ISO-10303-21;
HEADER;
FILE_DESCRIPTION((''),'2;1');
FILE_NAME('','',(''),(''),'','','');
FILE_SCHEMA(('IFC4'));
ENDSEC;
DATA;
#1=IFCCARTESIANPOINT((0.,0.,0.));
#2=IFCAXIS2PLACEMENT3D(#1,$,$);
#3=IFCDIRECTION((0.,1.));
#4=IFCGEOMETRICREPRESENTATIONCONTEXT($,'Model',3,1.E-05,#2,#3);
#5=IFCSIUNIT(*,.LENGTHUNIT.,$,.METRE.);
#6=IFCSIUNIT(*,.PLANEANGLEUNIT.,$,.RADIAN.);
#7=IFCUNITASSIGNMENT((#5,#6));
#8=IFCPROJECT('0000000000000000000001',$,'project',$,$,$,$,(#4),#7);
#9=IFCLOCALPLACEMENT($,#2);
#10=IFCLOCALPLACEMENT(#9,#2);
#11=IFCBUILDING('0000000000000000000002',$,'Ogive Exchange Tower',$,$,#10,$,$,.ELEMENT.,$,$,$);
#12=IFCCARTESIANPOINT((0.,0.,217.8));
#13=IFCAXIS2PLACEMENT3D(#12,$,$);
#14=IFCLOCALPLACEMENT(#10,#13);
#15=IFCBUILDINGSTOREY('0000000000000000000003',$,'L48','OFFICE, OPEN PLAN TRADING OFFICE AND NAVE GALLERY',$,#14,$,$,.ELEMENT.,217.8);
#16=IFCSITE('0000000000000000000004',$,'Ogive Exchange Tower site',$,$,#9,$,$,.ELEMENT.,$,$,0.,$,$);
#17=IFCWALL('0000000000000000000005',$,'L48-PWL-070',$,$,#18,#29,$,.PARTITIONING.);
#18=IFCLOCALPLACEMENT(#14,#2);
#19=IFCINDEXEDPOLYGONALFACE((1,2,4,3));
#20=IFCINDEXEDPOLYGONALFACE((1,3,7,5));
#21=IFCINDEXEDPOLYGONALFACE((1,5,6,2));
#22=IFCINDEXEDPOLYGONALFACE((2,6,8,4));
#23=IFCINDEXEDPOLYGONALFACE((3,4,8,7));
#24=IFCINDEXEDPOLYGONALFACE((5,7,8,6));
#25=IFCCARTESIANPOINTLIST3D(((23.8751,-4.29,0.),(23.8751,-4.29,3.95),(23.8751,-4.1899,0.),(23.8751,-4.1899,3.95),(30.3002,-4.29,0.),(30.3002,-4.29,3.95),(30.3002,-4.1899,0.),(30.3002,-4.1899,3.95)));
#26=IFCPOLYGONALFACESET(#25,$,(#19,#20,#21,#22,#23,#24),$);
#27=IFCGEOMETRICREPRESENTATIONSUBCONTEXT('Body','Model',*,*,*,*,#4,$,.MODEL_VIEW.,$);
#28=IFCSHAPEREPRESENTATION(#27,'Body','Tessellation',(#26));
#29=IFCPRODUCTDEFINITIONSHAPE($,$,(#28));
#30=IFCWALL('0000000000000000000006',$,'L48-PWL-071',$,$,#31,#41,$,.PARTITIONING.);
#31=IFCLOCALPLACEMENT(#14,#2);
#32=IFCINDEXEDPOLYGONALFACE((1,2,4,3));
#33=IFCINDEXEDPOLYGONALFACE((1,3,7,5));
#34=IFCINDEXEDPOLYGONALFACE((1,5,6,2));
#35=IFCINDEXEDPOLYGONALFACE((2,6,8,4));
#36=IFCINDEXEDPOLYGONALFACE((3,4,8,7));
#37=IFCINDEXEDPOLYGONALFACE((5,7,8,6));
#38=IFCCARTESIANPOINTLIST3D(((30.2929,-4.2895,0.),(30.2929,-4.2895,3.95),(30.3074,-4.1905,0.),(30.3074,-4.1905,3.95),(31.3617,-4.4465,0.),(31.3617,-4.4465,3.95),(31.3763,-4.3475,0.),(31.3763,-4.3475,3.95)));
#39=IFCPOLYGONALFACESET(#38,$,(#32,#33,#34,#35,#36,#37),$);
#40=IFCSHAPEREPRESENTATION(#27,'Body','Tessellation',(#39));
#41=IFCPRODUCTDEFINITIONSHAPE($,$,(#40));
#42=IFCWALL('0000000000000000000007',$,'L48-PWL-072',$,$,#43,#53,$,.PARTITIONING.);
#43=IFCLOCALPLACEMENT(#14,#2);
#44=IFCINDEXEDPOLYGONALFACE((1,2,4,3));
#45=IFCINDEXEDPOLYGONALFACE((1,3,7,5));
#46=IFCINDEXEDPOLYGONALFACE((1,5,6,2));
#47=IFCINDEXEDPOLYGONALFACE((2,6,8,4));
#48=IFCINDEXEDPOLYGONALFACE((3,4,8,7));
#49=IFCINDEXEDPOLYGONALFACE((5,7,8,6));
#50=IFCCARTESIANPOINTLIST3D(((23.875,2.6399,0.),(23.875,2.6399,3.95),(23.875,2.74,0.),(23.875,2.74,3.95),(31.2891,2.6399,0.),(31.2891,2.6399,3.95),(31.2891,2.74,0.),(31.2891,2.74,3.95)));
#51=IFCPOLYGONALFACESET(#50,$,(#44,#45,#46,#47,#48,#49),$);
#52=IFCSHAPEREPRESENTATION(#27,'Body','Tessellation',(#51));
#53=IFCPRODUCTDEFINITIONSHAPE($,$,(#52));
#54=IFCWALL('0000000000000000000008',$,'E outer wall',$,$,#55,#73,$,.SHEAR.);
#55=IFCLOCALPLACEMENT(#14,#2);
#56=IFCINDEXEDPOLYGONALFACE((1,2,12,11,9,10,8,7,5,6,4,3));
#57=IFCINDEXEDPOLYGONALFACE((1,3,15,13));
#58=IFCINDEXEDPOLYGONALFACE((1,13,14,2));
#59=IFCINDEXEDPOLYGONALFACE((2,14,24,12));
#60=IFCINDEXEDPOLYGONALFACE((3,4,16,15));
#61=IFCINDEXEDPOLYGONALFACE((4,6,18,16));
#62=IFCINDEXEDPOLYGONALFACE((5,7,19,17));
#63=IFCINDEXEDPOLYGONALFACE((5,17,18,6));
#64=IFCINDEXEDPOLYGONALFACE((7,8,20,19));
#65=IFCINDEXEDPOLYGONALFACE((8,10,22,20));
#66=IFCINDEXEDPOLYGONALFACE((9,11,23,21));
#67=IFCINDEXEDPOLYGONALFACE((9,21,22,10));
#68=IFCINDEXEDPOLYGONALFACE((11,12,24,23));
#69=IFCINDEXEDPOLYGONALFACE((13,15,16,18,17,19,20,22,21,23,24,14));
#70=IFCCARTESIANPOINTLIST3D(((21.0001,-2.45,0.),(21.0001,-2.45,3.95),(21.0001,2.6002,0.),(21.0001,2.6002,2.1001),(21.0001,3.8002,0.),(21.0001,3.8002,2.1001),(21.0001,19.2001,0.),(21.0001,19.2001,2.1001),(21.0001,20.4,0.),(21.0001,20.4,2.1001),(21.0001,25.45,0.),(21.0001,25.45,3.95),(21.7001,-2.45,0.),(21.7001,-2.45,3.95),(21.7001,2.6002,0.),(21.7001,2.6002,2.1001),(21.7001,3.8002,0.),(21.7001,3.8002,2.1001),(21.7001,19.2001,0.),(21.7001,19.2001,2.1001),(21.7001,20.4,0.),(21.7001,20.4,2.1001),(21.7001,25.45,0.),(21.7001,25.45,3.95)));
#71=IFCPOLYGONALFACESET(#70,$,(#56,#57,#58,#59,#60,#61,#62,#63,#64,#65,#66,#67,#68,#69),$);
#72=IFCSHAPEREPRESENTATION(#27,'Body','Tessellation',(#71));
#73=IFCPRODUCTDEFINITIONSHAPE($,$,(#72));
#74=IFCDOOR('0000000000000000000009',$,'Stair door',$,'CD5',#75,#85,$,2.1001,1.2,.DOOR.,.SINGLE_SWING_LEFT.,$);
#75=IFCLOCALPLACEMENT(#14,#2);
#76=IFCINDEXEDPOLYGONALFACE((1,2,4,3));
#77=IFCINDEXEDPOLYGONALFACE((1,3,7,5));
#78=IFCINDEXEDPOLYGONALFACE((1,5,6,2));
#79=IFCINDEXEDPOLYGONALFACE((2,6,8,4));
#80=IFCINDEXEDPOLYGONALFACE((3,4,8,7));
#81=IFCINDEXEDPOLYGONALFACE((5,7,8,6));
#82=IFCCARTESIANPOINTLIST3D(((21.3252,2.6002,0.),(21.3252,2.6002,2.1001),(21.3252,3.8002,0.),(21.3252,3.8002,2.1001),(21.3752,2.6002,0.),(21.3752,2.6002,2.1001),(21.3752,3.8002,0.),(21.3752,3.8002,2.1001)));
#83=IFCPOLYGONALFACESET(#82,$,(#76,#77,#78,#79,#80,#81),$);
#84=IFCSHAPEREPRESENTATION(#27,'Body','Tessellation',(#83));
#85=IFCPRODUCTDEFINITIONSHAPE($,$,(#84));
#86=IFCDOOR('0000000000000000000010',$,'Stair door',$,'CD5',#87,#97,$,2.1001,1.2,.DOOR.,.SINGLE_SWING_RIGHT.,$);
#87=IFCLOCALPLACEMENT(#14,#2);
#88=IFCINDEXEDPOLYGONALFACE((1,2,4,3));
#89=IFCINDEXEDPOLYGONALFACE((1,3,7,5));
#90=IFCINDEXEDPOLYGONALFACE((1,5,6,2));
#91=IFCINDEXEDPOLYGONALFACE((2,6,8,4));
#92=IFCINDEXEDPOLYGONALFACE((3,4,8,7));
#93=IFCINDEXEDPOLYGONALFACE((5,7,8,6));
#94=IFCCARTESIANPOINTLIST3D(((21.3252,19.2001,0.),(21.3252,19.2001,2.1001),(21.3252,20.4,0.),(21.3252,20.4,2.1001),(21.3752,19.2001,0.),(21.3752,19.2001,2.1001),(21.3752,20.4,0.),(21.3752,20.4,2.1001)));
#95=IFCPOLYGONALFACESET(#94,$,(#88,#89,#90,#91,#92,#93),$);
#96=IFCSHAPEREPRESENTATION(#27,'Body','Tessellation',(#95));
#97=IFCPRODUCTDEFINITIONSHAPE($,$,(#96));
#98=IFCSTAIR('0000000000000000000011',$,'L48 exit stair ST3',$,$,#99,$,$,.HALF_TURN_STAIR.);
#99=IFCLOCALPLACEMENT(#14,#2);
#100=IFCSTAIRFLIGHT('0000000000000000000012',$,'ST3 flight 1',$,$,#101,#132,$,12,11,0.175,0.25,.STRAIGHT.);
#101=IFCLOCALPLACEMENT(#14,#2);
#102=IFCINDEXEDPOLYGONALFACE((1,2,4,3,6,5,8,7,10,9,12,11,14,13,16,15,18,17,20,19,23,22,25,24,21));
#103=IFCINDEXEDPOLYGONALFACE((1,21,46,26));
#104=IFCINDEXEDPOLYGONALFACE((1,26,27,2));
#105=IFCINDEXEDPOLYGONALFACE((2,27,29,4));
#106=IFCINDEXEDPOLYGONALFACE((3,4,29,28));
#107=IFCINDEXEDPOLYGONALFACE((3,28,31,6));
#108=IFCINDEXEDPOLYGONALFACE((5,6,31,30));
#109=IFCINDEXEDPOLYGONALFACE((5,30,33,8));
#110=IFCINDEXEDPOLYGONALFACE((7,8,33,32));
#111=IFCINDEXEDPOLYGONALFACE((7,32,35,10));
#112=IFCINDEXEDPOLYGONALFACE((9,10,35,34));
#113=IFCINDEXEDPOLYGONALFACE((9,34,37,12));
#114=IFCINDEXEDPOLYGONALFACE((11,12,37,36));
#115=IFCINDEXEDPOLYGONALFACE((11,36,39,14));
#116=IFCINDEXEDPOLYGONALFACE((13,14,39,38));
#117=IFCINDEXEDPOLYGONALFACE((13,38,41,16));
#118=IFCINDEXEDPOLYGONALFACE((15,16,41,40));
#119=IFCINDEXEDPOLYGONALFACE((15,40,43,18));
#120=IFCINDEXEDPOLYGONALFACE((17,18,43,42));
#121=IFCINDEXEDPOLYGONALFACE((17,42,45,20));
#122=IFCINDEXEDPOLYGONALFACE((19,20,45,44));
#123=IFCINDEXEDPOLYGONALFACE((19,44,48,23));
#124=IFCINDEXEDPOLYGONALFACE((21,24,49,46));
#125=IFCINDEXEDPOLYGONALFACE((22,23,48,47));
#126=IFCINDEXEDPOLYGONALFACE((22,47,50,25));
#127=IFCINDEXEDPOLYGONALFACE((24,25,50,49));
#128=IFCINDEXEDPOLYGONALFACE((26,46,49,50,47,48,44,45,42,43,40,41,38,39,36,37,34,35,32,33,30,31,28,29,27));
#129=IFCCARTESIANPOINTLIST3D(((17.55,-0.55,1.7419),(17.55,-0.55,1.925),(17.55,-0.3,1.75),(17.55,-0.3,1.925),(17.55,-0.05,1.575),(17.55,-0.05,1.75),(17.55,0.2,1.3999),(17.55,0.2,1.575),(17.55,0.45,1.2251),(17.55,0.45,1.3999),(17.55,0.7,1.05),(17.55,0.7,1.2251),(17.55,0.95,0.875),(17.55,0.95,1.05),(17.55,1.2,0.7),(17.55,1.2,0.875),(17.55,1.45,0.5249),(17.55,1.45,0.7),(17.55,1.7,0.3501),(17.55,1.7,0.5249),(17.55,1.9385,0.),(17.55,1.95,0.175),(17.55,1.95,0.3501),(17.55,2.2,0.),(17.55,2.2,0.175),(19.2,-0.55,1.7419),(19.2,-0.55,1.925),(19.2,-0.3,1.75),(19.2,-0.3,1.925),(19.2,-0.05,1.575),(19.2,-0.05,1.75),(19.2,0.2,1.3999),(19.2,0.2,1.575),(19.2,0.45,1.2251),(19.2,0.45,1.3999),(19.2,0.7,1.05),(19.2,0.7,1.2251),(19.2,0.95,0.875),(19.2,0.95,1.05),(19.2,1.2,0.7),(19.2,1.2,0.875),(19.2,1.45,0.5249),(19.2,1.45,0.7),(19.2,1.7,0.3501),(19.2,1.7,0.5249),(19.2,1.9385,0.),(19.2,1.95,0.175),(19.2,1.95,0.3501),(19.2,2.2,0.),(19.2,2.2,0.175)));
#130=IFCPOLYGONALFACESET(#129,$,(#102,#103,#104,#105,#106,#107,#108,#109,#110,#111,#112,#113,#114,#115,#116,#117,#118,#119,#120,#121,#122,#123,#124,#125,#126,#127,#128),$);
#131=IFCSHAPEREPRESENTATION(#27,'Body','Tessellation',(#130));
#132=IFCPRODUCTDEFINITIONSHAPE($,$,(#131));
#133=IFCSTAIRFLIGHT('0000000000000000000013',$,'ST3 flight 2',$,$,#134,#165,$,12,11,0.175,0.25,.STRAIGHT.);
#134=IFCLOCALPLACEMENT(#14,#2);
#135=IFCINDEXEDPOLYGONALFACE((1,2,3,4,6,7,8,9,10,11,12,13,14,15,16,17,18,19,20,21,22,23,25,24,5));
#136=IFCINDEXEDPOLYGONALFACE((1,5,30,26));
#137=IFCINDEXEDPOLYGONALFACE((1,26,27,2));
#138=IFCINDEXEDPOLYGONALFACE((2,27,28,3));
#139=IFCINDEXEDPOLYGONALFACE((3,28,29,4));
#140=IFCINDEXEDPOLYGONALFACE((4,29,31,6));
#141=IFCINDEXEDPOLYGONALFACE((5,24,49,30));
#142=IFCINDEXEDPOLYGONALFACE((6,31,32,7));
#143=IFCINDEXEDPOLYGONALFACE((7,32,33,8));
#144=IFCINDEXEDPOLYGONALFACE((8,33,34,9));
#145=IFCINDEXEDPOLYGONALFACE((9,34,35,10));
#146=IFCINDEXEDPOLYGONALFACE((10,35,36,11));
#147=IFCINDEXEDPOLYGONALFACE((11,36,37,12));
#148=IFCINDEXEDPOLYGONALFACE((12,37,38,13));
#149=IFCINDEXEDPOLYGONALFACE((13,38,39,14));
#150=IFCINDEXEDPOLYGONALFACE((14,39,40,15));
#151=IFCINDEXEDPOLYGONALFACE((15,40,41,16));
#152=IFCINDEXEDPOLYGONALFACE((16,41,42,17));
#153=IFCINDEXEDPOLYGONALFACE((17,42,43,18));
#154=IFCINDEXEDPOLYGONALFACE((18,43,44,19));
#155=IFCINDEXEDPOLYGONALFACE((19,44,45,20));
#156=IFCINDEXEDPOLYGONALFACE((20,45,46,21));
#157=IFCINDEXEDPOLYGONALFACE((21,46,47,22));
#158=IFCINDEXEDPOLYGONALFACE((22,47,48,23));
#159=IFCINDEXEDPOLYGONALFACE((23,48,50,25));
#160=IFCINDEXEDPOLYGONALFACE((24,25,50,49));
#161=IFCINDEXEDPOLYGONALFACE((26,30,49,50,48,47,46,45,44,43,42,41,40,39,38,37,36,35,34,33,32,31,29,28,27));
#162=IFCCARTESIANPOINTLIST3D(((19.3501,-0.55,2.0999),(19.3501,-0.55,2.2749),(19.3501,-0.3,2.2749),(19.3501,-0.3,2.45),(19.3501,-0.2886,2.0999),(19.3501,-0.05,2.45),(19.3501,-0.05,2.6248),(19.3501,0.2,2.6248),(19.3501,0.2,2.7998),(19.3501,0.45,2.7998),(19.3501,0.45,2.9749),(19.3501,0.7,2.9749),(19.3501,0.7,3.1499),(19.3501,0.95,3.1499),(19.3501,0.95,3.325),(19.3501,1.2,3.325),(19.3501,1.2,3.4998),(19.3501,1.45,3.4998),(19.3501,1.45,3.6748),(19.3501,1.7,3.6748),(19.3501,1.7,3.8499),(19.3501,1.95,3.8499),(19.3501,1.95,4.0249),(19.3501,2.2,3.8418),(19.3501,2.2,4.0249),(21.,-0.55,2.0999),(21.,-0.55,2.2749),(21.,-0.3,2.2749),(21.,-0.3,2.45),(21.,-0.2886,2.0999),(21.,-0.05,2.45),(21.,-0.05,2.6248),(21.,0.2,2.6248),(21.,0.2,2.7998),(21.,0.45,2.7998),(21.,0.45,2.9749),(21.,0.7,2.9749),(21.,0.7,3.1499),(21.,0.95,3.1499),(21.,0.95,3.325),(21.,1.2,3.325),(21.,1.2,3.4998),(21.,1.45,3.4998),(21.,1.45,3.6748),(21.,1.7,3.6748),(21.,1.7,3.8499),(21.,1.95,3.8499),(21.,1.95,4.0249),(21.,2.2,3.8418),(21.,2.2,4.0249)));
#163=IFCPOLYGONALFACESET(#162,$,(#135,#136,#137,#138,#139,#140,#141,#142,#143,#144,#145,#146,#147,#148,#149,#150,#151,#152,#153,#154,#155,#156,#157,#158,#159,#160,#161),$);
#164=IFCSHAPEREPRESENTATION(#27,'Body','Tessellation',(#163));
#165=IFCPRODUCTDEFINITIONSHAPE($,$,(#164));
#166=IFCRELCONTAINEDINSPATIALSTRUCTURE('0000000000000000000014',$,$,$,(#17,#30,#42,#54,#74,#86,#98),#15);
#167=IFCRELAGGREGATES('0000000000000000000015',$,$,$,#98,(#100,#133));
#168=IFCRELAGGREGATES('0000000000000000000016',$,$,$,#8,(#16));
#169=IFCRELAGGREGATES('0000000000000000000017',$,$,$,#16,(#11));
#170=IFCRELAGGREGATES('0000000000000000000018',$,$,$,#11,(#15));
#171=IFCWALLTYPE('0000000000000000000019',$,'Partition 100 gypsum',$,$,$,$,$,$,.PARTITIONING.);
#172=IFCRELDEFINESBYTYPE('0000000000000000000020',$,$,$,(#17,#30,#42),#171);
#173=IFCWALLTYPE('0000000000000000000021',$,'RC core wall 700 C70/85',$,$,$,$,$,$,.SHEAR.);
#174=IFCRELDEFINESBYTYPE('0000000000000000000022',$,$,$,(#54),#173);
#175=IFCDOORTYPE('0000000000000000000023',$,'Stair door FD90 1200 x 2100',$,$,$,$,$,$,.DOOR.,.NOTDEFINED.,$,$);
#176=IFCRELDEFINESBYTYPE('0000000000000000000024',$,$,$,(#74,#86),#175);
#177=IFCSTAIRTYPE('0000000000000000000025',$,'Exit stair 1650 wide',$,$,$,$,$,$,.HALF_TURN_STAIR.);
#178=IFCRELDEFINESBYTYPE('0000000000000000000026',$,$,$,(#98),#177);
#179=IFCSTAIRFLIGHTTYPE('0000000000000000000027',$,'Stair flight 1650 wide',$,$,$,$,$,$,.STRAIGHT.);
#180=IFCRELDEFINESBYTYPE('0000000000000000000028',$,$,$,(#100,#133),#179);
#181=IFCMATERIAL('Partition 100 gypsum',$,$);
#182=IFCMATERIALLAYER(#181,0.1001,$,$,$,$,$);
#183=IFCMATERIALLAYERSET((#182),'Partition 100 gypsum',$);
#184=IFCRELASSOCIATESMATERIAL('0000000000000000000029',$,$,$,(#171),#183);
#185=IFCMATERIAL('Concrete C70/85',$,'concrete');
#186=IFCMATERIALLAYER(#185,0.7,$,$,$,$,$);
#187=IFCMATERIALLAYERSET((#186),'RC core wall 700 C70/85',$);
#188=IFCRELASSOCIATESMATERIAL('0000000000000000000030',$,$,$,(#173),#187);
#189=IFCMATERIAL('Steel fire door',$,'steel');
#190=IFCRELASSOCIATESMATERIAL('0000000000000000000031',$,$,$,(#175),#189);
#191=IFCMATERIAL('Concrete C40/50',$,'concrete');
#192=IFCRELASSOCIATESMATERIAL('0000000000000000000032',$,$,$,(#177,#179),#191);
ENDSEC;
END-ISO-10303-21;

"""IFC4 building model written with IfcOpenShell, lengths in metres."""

from ifc_helpers import new_model, si_unit, direction, frame, frame_2d, origin, place, context, subcontext, project, spatial, polyline, rectangle, outline, extrude, material, layer, layer_set, type_object, element, fill, aggregate, save


model = new_model("IFC4")

# Units and contexts
model_context = context("Model", 3, precision=1e-05, world=origin(), true_north=direction((0.0, 1.0)))
body_context = subcontext(model_context, "Body", "Model", "MODEL_VIEW")
ifc_project = project(units=[si_unit("LENGTHUNIT", "METRE"), si_unit("PLANEANGLEUNIT", "RADIAN")], contexts=[model_context])

# Site, building, storey
site_placement = place(None, origin())
site = spatial("IfcSite", under=ifc_project, at=site_placement, Name="Ogive Exchange Tower site", CompositionType="ELEMENT", RefElevation=0.0)
building_placement = place(site_placement, origin())
building = spatial("IfcBuilding", under=site, at=building_placement, Name="Ogive Exchange Tower", CompositionType="ELEMENT")
storey_placement = place(building_placement, frame((0.0, 0.0, 217.8)))
storey = spatial("IfcBuildingStorey", under=building, at=storey_placement, Name="L48", Description="OFFICE, OPEN PLAN TRADING OFFICE AND NAVE GALLERY", CompositionType="ELEMENT", Elevation=217.8)

# Walls
ifc_material_1 = material(Name="Partition 100 gypsum")
ifc_layer_1 = layer(ifc_material_1, 0.1001)
ifc_layer_set_1 = layer_set([ifc_layer_1], Name="Partition 100 gypsum")
wall_type_1 = type_object("IfcWallType", Name="Partition 100 gypsum", PredefinedType="PARTITIONING", material=ifc_layer_set_1)
wall_1_placement = place(storey_placement, frame((30.3, -4.24, 0.0), z_axis=(0.0, 0.0, 1.0), x_axis=(-1.0, 0.0, 0.0)))
element("IfcWall", 1, at=wall_1_placement, inside=storey, type_object=wall_type_1, Name="L48-PWL-070", PredefinedType="PARTITIONING", context=body_context, shape_type="SweptSolid", body=[
    extrude(rectangle(XDim=6.425, YDim=0.1001, at=frame_2d((3.2124, 0.0))), origin(), (0.0, 0.0, 1.0), 3.95),
])
wall_2_placement = place(storey_placement, frame((31.3689, -4.397, 0.0), z_axis=(0.0, 0.0, 1.0), x_axis=(-0.989386, 0.145312, 0.0)))
element("IfcWall", 2, at=wall_2_placement, inside=storey, type_object=wall_type_1, Name="L48-PWL-071", PredefinedType="PARTITIONING", context=body_context, shape_type="SweptSolid", body=[
    extrude(rectangle(XDim=1.0803, YDim=0.1001, at=frame_2d((0.54, 0.0))), origin(), (0.0, 0.0, 1.0), 3.95),
])
wall_3_placement = place(storey_placement, frame((31.2891, 2.6899, 0.0), z_axis=(0.0, 0.0, 1.0), x_axis=(-1.0, 0.0, 0.0)))
element("IfcWall", 3, at=wall_3_placement, inside=storey, type_object=wall_type_1, Name="L48-PWL-072", PredefinedType="PARTITIONING", context=body_context, shape_type="SweptSolid", body=[
    extrude(rectangle(XDim=7.4141, YDim=0.1001, at=frame_2d((3.707, 0.0))), origin(), (0.0, 0.0, 1.0), 3.95),
])

# Wall, openings, doors
ifc_material_2 = material(Name="Concrete C70/85", Category="concrete")
ifc_layer_2 = layer(ifc_material_2, 0.7)
ifc_layer_set_2 = layer_set([ifc_layer_2], Name="RC core wall 700 C70/85")
wall_type_2 = type_object("IfcWallType", Name="RC core wall 700 C70/85", PredefinedType="SHEAR", material=ifc_layer_set_2)
wall_4_placement = place(storey_placement, frame((21.3501, -2.45, 0.0), z_axis=(0.0, 0.0, 1.0), x_axis=(0.0, 1.0, 0.0)))
wall_4 = element("IfcWall", 4, at=wall_4_placement, inside=storey, type_object=wall_type_2, Name="E outer wall", PredefinedType="SHEAR", context=body_context, shape_type="SweptSolid", body=[
    extrude(rectangle(XDim=27.8999, YDim=0.7, at=frame_2d((13.95, 0.0))), origin(), (0.0, 0.0, 1.0), 3.95),
])
opening_1_placement = place(wall_4_placement, frame((5.05, 0.0, 0.0)))
opening_1 = element("IfcOpeningElement", 5, at=opening_1_placement, cuts=wall_4, PredefinedType="OPENING", context=body_context, shape_type="SweptSolid", body=[
    extrude(rectangle(XDim=1.2, YDim=2.1001, at=frame_2d((0.6001, 1.05))), frame((0.0, 0.3599, 0.0), z_axis=(0.0, -1.0, 0.0), x_axis=(1.0, 0.0, 0.0)), (0.0, 0.0, 1.0), 0.72),
])
opening_2_placement = place(wall_4_placement, frame((21.6499, 0.0, 0.0)))
opening_2 = element("IfcOpeningElement", 6, at=opening_2_placement, cuts=wall_4, PredefinedType="OPENING", context=body_context, shape_type="SweptSolid", body=[
    extrude(rectangle(XDim=1.2, YDim=2.1001, at=frame_2d((0.6001, 1.05))), frame((0.0, 0.3599, 0.0), z_axis=(0.0, -1.0, 0.0), x_axis=(1.0, 0.0, 0.0)), (0.0, 0.0, 1.0), 0.72),
])
ifc_material_3 = material(Name="Steel fire door", Category="steel")
door_type_1 = type_object("IfcDoorType", Name="Stair door FD90 1200 x 2100", OperationType="NOTDEFINED", PredefinedType="DOOR", material=ifc_material_3)
door_1_placement = place(opening_1_placement, origin())
door_1 = element("IfcDoor", 7, at=door_1_placement, inside=storey, type_object=door_type_1, Name="Stair door", ObjectType="CD5", OperationType="SINGLE_SWING_LEFT", OverallHeight=2.1001, OverallWidth=1.2, PredefinedType="DOOR", context=body_context, shape_type="SweptSolid", body=[
    extrude(rectangle(XDim=1.2, YDim=2.1001, at=frame_2d((0.6001, 1.05))), frame((0.0, 0.0249, 0.0), z_axis=(0.0, -1.0, 0.0), x_axis=(1.0, 0.0, 0.0)), (0.0, 0.0, 1.0), 0.05),
])
fill(opening_1, door_1)
door_2_placement = place(opening_2_placement, origin())
door_2 = element("IfcDoor", 8, at=door_2_placement, inside=storey, type_object=door_type_1, Name="Stair door", ObjectType="CD5", OperationType="SINGLE_SWING_RIGHT", OverallHeight=2.1001, OverallWidth=1.2, PredefinedType="DOOR", context=body_context, shape_type="SweptSolid", body=[
    extrude(rectangle(XDim=1.2, YDim=2.1001, at=frame_2d((0.6001, 1.05))), frame((0.0, 0.0249, 0.0), z_axis=(0.0, -1.0, 0.0), x_axis=(1.0, 0.0, 0.0)), (0.0, 0.0, 1.0), 0.05),
])
fill(opening_2, door_2)

# Stair, stair flights
ifc_material_4 = material(Name="Concrete C40/50", Category="concrete")
stair_type = type_object("IfcStairType", Name="Exit stair 1650 wide", PredefinedType="HALF_TURN_STAIR", material=ifc_material_4)
stair_placement = place(storey_placement, origin())
stair = element("IfcStair", 9, at=stair_placement, inside=storey, type_object=stair_type, Name="L48 exit stair ST3", PredefinedType="HALF_TURN_STAIR")
stair_flight_type = type_object("IfcStairFlightType", Name="Stair flight 1650 wide", PredefinedType="STRAIGHT", material=ifc_material_4)
stair_flight_1_placement = place(storey_placement, frame((18.375, 2.2, 0.0), z_axis=(0.0, 0.0, 1.0), x_axis=(0.0, -1.0, 0.0)))
stair_flight_1 = element("IfcStairFlight", 10, at=stair_flight_1_placement, type_object=stair_flight_type, Name="ST3 flight 1", NumberOfRisers=12, NumberOfTreads=11, PredefinedType="STRAIGHT", RiserHeight=0.175, TreadLength=0.25, context=body_context, shape_type="SweptSolid", body=[
    extrude(outline(polyline([(0.0, 0.0), (0.0, 0.175), (0.25, 0.175), (0.25, 0.3501), (0.5, 0.3501), (0.5, 0.5249), (0.75, 0.5249), (0.75, 0.7), (1.0, 0.7), (1.0, 0.875), (1.25, 0.875), (1.25, 1.05), (1.5, 1.05), (1.5, 1.2251), (1.75, 1.2251), (1.75, 1.3999), (2.0, 1.3999), (2.0, 1.575), (2.25, 1.575), (2.25, 1.75), (2.5, 1.75), (2.5, 1.925), (2.75, 1.925), (2.75, 2.1001), (2.75, 1.7419), (0.2615, 0.0), (0.0, 0.0)])), frame((0.0, 0.825, 0.0), z_axis=(0.0, -1.0, 0.0), x_axis=(1.0, 0.0, 0.0)), (0.0, 0.0, 1.0), 1.6499),
])
stair_flight_2_placement = place(storey_placement, frame((20.175, -0.55, 2.0999), z_axis=(0.0, 0.0, 1.0), x_axis=(0.0, 1.0, 0.0)))
stair_flight_2 = element("IfcStairFlight", 11, at=stair_flight_2_placement, type_object=stair_flight_type, Name="ST3 flight 2", NumberOfRisers=12, NumberOfTreads=11, PredefinedType="STRAIGHT", RiserHeight=0.175, TreadLength=0.25, context=body_context, shape_type="SweptSolid", body=[
    extrude(outline(polyline([(0.0, 0.0), (0.0, 0.175), (0.25, 0.175), (0.25, 0.3501), (0.5, 0.3501), (0.5, 0.5249), (0.75, 0.5249), (0.75, 0.7), (1.0, 0.7), (1.0, 0.875), (1.25, 0.875), (1.25, 1.05), (1.5, 1.05), (1.5, 1.2251), (1.75, 1.2251), (1.75, 1.3999), (2.0, 1.3999), (2.0, 1.575), (2.25, 1.575), (2.25, 1.75), (2.5, 1.75), (2.5, 1.925), (2.75, 1.925), (2.75, 2.1001), (2.75, 1.7419), (0.2615, 0.0), (0.0, 0.0)])), frame((0.0, 0.825, 0.0), z_axis=(0.0, -1.0, 0.0), x_axis=(1.0, 0.0, 0.0)), (0.0, 0.0, 1.0), 1.6499),
])
aggregate(stair, [stair_flight_1, stair_flight_2])

save(model, "model.ifc")
